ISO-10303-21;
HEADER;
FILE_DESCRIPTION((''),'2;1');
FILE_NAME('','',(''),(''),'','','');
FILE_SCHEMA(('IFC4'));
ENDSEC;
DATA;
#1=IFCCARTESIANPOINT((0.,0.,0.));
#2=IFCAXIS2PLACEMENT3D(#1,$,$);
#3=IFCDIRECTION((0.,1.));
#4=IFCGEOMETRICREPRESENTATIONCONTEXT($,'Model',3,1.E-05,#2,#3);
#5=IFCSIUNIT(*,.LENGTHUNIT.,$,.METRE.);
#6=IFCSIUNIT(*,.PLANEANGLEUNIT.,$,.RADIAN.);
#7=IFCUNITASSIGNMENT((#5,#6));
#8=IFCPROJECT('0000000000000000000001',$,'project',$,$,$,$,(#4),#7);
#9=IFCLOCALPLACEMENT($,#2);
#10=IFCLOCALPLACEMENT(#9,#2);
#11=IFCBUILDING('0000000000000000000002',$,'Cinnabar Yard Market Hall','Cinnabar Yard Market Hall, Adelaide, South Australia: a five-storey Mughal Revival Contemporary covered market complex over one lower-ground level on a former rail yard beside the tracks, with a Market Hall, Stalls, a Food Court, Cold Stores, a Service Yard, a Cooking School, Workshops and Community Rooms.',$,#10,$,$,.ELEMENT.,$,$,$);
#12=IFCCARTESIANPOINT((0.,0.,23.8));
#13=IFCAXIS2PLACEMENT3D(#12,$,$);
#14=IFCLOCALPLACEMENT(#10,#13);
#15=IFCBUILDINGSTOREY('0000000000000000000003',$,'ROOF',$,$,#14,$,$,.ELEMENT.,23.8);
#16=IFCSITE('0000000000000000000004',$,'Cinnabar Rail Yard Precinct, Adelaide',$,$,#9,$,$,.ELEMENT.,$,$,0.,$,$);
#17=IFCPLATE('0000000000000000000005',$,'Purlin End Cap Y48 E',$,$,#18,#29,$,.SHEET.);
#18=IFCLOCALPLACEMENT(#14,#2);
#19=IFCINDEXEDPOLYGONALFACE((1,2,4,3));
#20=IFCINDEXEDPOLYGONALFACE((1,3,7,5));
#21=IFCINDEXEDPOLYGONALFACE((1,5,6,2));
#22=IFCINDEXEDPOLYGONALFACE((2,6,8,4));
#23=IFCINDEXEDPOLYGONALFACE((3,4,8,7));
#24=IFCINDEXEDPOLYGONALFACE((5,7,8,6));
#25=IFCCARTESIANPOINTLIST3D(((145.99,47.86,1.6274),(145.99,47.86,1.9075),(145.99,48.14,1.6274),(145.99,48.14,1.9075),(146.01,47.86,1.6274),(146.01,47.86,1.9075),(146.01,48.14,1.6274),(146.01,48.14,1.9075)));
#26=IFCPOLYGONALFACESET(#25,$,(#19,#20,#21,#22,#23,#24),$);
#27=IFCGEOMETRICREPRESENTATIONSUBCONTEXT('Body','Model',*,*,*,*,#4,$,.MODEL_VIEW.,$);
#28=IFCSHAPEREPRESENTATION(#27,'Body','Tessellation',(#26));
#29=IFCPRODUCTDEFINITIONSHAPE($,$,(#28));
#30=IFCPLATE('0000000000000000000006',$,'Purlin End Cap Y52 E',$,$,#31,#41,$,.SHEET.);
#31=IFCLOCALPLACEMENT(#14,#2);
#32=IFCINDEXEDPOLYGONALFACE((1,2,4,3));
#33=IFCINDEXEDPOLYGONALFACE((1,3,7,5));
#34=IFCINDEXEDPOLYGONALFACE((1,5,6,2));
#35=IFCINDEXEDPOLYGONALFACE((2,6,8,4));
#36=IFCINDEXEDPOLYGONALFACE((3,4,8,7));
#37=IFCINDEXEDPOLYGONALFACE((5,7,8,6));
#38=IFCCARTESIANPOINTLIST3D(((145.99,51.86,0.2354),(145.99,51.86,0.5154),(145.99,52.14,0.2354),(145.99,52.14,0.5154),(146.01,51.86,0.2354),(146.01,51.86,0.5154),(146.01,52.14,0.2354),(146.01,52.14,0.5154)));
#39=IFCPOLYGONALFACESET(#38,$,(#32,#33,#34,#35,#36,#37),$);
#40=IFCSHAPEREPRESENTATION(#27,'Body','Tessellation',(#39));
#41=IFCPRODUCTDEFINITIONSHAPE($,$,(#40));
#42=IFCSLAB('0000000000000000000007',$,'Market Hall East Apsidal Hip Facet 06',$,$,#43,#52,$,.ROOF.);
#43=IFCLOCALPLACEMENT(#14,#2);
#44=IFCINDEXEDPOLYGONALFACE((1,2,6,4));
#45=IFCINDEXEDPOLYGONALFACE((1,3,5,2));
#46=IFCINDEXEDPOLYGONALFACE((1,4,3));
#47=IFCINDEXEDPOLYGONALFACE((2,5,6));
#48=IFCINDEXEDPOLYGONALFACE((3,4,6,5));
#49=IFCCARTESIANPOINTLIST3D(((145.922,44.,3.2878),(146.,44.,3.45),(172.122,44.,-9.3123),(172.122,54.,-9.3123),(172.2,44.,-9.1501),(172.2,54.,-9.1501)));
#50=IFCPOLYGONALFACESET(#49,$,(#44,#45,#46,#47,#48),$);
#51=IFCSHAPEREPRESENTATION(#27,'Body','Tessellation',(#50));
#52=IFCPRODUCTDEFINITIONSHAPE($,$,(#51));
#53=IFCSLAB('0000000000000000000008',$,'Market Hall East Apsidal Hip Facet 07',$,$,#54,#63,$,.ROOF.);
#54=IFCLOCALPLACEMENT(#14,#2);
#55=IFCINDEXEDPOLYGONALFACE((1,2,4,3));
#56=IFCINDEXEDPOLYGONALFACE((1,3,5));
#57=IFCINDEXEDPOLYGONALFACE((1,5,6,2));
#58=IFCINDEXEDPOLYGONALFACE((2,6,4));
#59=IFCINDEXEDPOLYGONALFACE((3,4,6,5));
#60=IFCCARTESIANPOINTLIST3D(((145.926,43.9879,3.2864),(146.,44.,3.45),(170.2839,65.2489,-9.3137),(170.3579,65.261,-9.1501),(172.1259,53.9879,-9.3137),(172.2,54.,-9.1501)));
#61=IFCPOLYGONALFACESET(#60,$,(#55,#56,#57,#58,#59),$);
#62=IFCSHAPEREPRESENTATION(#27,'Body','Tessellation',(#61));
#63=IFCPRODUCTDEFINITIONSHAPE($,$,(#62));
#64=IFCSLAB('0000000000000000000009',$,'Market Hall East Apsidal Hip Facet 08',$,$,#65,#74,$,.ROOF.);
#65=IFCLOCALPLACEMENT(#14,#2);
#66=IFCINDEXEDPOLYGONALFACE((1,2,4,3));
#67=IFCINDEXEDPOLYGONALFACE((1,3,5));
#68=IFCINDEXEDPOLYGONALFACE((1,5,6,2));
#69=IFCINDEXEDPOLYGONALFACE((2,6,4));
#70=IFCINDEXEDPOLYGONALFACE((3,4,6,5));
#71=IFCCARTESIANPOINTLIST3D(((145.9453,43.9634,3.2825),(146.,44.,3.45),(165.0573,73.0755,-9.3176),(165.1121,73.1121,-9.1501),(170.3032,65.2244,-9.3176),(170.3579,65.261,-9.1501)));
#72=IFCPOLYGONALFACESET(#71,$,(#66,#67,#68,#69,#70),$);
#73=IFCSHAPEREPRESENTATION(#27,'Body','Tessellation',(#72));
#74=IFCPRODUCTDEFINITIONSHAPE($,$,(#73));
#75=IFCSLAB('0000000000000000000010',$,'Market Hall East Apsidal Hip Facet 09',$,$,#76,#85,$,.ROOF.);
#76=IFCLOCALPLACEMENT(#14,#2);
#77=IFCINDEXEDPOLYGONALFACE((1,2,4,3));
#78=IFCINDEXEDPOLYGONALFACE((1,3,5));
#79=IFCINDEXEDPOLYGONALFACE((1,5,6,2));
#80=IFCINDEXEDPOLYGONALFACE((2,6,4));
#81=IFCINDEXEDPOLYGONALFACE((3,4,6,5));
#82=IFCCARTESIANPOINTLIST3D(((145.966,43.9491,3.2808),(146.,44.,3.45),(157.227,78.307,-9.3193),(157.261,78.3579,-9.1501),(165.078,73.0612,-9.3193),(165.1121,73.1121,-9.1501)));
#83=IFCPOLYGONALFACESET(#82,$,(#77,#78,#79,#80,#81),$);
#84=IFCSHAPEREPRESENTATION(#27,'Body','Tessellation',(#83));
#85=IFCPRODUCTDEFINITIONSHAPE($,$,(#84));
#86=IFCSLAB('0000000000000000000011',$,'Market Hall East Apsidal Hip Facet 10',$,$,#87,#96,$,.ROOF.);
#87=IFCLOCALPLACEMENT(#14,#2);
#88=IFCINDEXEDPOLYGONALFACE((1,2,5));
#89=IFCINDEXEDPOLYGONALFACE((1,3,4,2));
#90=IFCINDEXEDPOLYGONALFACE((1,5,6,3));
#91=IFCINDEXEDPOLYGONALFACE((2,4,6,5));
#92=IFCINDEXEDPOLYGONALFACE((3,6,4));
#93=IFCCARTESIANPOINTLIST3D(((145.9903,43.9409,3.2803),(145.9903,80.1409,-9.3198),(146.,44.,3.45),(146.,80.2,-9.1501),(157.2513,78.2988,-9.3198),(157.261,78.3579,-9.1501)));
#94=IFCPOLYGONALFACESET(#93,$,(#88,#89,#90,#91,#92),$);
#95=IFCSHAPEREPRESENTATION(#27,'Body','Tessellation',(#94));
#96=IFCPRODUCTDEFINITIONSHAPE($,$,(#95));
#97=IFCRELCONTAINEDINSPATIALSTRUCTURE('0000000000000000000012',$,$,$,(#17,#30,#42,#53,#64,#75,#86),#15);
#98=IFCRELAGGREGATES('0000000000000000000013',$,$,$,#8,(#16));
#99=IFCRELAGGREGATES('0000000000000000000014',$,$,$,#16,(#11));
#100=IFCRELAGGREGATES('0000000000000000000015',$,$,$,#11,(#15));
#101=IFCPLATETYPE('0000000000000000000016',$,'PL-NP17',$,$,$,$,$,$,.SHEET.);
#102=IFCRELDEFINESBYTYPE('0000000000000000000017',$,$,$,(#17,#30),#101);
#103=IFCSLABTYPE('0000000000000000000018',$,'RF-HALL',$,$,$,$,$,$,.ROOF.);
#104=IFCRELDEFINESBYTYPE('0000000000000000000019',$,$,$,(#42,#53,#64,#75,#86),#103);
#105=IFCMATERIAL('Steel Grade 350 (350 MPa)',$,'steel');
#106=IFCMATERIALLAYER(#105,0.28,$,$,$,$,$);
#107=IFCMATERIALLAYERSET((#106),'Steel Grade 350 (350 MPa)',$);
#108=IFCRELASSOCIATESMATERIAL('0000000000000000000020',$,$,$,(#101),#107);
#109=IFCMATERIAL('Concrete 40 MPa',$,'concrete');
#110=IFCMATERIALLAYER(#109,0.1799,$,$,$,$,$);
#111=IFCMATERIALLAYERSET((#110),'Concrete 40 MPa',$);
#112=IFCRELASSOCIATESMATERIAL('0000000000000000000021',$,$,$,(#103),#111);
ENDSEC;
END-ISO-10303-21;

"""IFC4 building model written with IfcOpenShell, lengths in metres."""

from ifc_helpers import new_model, si_unit, direction, frame, origin, origin_2d_with_axis, place, context, subcontext, project, spatial, polyline, rectangle, outline, extrude, material, layer, layer_set, type_object, element, save


model = new_model("IFC4")

# Units and contexts
model_context = context("Model", 3, precision=1e-05, world=origin(), true_north=direction((0.0, 1.0)))
body_context = subcontext(model_context, "Body", "Model", "MODEL_VIEW")
ifc_project = project(units=[si_unit("LENGTHUNIT", "METRE"), si_unit("PLANEANGLEUNIT", "RADIAN")], contexts=[model_context])

# Site, building, storey
site_placement = place(None, origin())
site = spatial("IfcSite", under=ifc_project, at=site_placement, Name="Cinnabar Rail Yard Precinct, Adelaide", CompositionType="ELEMENT", RefElevation=0.0)
building_placement = place(site_placement, origin())
building = spatial("IfcBuilding", under=site, at=building_placement, Name="Cinnabar Yard Market Hall", Description="Cinnabar Yard Market Hall, Adelaide, South Australia: a five-storey Mughal Revival Contemporary covered market complex over one lower-ground level on a former rail yard beside the tracks, with a Market Hall, Stalls, a Food Court, Cold Stores, a Service Yard, a Cooking School, Workshops and Community Rooms.", CompositionType="ELEMENT")
storey_placement = place(building_placement, frame((0.0, 0.0, 23.8)))
storey = spatial("IfcBuildingStorey", under=building, at=storey_placement, Name="ROOF", CompositionType="ELEMENT", Elevation=23.8)

# Shared definitions
ifc_material_1 = material(Name="Steel Grade 350 (350 MPa)", Category="steel")

# Plates
ifc_layer_1 = layer(ifc_material_1, 0.28)
ifc_layer_set_1 = layer_set([ifc_layer_1], Name="Steel Grade 350 (350 MPa)")
plate_type_1 = type_object("IfcPlateType", Name="PL-NP17", PredefinedType="SHEET", material=ifc_layer_set_1)
for number, where, z_axis, x_axis, name in (
    (1, (146.0, 48.0, 1.6274), (0.0, 0.0, 1.0), (1.0, 0.0, 0.0), "Purlin End Cap Y48 E"),
    (2, (146.0, 52.0, 0.2354), (0.0, 0.0, 1.0), (1.0, 0.0, 0.0), "Purlin End Cap Y52 E"),
):
    element("IfcPlate", number, at=place(storey_placement, frame(where, z_axis=z_axis, x_axis=x_axis)), inside=storey, type_object=plate_type_1, Name=name, PredefinedType="SHEET", context=body_context, shape_type="SweptSolid", body=[
        extrude(rectangle(XDim=0.02, YDim=0.28, at=origin_2d_with_axis()), origin(), (0.0, 0.0, 1.0), 0.28),
    ])

# Slabs
ifc_material_2 = material(Name="Concrete 40 MPa", Category="concrete")
ifc_layer_2 = layer(ifc_material_2, 0.1799)
ifc_layer_set_2 = layer_set([ifc_layer_2], Name="Concrete 40 MPa")
slab_type = type_object("IfcSlabType", Name="RF-HALL", PredefinedType="ROOF", material=ifc_layer_set_2)
slab_1_placement = place(storey_placement, frame((146.0, 44.0, 3.45), z_axis=(0.433405, 0.0, 0.901199), x_axis=(0.901199, 0.0, -0.433405)))
element("IfcSlab", 3, at=slab_1_placement, inside=storey, type_object=slab_type, Name="Market Hall East Apsidal Hip Facet 06", PredefinedType="ROOF", context=body_context, shape_type="SweptSolid", body=[
    extrude(outline(polyline([(0.0, 0.0), (29.0723, 0.0), (29.0723, 10.0), (0.0, 0.0)])), origin(), (0.0, 0.0, -1.0), 0.1799),
])
slab_2_placement = place(storey_placement, frame((146.0, 44.0, 3.45), z_axis=(0.411443, 0.067303, 0.908947), x_axis=(0.852194, 0.325266, -0.409838)))
element("IfcSlab", 4, at=slab_2_placement, inside=storey, type_object=slab_type, Name="Market Hall East Apsidal Hip Facet 07", PredefinedType="ROOF", context=body_context, shape_type="SweptSolid", body=[
    extrude(outline(polyline([(0.0, 0.0), (30.7441, 0.0), (32.8371, 11.217), (0.0, 0.0)])), origin(), (0.0, 0.0, -1.0), 0.1799),
])
slab_3_placement = place(storey_placement, frame((146.0, 44.0, 3.45), z_axis=(0.304097, 0.203189, 0.93072), x_axis=(0.701954, 0.612706, -0.363114)))
element("IfcSlab", 5, at=slab_3_placement, inside=storey, type_object=slab_type, Name="Market Hall East Apsidal Hip Facet 08", PredefinedType="ROOF", context=body_context, shape_type="SweptSolid", body=[
    extrude(outline(polyline([(0.0, 0.0), (34.7001, 0.0), (35.8282, 9.3747), (0.0, 0.0)])), origin(), (0.0, 0.0, -1.0), 0.1799),
])
slab_4_placement = place(storey_placement, frame((146.0, 44.0, 3.45), z_axis=(0.189024, 0.282898, 0.94034), x_axis=(0.516063, 0.786082, -0.340227)))
element("IfcSlab", 6, at=slab_4_placement, inside=storey, type_object=slab_type, Name="Market Hall East Apsidal Hip Facet 09", PredefinedType="ROOF", context=body_context, shape_type="SweptSolid", body=[
    extrude(outline(polyline([(0.0, 0.0), (37.0344, 0.0), (37.1064, 9.4421), (0.0, 0.0)])), origin(), (0.0, 0.0, -1.0), 0.1799),
])
slab_5_placement = place(storey_placement, frame((146.0, 44.0, 3.45), z_axis=(0.053694, 0.328251, 0.943063), x_axis=(0.294106, 0.897334, -0.32908)))
element("IfcSlab", 7, at=slab_5_placement, inside=storey, type_object=slab_type, Name="Market Hall East Apsidal Hip Facet 10", PredefinedType="ROOF", context=body_context, shape_type="SweptSolid", body=[
    extrude(outline(polyline([(0.0, 0.0), (38.2889, 0.0), (36.6299, 11.2894), (0.0, 0.0)])), origin(), (0.0, 0.0, -1.0), 0.1799),
])

save(model, "model.ifc")
